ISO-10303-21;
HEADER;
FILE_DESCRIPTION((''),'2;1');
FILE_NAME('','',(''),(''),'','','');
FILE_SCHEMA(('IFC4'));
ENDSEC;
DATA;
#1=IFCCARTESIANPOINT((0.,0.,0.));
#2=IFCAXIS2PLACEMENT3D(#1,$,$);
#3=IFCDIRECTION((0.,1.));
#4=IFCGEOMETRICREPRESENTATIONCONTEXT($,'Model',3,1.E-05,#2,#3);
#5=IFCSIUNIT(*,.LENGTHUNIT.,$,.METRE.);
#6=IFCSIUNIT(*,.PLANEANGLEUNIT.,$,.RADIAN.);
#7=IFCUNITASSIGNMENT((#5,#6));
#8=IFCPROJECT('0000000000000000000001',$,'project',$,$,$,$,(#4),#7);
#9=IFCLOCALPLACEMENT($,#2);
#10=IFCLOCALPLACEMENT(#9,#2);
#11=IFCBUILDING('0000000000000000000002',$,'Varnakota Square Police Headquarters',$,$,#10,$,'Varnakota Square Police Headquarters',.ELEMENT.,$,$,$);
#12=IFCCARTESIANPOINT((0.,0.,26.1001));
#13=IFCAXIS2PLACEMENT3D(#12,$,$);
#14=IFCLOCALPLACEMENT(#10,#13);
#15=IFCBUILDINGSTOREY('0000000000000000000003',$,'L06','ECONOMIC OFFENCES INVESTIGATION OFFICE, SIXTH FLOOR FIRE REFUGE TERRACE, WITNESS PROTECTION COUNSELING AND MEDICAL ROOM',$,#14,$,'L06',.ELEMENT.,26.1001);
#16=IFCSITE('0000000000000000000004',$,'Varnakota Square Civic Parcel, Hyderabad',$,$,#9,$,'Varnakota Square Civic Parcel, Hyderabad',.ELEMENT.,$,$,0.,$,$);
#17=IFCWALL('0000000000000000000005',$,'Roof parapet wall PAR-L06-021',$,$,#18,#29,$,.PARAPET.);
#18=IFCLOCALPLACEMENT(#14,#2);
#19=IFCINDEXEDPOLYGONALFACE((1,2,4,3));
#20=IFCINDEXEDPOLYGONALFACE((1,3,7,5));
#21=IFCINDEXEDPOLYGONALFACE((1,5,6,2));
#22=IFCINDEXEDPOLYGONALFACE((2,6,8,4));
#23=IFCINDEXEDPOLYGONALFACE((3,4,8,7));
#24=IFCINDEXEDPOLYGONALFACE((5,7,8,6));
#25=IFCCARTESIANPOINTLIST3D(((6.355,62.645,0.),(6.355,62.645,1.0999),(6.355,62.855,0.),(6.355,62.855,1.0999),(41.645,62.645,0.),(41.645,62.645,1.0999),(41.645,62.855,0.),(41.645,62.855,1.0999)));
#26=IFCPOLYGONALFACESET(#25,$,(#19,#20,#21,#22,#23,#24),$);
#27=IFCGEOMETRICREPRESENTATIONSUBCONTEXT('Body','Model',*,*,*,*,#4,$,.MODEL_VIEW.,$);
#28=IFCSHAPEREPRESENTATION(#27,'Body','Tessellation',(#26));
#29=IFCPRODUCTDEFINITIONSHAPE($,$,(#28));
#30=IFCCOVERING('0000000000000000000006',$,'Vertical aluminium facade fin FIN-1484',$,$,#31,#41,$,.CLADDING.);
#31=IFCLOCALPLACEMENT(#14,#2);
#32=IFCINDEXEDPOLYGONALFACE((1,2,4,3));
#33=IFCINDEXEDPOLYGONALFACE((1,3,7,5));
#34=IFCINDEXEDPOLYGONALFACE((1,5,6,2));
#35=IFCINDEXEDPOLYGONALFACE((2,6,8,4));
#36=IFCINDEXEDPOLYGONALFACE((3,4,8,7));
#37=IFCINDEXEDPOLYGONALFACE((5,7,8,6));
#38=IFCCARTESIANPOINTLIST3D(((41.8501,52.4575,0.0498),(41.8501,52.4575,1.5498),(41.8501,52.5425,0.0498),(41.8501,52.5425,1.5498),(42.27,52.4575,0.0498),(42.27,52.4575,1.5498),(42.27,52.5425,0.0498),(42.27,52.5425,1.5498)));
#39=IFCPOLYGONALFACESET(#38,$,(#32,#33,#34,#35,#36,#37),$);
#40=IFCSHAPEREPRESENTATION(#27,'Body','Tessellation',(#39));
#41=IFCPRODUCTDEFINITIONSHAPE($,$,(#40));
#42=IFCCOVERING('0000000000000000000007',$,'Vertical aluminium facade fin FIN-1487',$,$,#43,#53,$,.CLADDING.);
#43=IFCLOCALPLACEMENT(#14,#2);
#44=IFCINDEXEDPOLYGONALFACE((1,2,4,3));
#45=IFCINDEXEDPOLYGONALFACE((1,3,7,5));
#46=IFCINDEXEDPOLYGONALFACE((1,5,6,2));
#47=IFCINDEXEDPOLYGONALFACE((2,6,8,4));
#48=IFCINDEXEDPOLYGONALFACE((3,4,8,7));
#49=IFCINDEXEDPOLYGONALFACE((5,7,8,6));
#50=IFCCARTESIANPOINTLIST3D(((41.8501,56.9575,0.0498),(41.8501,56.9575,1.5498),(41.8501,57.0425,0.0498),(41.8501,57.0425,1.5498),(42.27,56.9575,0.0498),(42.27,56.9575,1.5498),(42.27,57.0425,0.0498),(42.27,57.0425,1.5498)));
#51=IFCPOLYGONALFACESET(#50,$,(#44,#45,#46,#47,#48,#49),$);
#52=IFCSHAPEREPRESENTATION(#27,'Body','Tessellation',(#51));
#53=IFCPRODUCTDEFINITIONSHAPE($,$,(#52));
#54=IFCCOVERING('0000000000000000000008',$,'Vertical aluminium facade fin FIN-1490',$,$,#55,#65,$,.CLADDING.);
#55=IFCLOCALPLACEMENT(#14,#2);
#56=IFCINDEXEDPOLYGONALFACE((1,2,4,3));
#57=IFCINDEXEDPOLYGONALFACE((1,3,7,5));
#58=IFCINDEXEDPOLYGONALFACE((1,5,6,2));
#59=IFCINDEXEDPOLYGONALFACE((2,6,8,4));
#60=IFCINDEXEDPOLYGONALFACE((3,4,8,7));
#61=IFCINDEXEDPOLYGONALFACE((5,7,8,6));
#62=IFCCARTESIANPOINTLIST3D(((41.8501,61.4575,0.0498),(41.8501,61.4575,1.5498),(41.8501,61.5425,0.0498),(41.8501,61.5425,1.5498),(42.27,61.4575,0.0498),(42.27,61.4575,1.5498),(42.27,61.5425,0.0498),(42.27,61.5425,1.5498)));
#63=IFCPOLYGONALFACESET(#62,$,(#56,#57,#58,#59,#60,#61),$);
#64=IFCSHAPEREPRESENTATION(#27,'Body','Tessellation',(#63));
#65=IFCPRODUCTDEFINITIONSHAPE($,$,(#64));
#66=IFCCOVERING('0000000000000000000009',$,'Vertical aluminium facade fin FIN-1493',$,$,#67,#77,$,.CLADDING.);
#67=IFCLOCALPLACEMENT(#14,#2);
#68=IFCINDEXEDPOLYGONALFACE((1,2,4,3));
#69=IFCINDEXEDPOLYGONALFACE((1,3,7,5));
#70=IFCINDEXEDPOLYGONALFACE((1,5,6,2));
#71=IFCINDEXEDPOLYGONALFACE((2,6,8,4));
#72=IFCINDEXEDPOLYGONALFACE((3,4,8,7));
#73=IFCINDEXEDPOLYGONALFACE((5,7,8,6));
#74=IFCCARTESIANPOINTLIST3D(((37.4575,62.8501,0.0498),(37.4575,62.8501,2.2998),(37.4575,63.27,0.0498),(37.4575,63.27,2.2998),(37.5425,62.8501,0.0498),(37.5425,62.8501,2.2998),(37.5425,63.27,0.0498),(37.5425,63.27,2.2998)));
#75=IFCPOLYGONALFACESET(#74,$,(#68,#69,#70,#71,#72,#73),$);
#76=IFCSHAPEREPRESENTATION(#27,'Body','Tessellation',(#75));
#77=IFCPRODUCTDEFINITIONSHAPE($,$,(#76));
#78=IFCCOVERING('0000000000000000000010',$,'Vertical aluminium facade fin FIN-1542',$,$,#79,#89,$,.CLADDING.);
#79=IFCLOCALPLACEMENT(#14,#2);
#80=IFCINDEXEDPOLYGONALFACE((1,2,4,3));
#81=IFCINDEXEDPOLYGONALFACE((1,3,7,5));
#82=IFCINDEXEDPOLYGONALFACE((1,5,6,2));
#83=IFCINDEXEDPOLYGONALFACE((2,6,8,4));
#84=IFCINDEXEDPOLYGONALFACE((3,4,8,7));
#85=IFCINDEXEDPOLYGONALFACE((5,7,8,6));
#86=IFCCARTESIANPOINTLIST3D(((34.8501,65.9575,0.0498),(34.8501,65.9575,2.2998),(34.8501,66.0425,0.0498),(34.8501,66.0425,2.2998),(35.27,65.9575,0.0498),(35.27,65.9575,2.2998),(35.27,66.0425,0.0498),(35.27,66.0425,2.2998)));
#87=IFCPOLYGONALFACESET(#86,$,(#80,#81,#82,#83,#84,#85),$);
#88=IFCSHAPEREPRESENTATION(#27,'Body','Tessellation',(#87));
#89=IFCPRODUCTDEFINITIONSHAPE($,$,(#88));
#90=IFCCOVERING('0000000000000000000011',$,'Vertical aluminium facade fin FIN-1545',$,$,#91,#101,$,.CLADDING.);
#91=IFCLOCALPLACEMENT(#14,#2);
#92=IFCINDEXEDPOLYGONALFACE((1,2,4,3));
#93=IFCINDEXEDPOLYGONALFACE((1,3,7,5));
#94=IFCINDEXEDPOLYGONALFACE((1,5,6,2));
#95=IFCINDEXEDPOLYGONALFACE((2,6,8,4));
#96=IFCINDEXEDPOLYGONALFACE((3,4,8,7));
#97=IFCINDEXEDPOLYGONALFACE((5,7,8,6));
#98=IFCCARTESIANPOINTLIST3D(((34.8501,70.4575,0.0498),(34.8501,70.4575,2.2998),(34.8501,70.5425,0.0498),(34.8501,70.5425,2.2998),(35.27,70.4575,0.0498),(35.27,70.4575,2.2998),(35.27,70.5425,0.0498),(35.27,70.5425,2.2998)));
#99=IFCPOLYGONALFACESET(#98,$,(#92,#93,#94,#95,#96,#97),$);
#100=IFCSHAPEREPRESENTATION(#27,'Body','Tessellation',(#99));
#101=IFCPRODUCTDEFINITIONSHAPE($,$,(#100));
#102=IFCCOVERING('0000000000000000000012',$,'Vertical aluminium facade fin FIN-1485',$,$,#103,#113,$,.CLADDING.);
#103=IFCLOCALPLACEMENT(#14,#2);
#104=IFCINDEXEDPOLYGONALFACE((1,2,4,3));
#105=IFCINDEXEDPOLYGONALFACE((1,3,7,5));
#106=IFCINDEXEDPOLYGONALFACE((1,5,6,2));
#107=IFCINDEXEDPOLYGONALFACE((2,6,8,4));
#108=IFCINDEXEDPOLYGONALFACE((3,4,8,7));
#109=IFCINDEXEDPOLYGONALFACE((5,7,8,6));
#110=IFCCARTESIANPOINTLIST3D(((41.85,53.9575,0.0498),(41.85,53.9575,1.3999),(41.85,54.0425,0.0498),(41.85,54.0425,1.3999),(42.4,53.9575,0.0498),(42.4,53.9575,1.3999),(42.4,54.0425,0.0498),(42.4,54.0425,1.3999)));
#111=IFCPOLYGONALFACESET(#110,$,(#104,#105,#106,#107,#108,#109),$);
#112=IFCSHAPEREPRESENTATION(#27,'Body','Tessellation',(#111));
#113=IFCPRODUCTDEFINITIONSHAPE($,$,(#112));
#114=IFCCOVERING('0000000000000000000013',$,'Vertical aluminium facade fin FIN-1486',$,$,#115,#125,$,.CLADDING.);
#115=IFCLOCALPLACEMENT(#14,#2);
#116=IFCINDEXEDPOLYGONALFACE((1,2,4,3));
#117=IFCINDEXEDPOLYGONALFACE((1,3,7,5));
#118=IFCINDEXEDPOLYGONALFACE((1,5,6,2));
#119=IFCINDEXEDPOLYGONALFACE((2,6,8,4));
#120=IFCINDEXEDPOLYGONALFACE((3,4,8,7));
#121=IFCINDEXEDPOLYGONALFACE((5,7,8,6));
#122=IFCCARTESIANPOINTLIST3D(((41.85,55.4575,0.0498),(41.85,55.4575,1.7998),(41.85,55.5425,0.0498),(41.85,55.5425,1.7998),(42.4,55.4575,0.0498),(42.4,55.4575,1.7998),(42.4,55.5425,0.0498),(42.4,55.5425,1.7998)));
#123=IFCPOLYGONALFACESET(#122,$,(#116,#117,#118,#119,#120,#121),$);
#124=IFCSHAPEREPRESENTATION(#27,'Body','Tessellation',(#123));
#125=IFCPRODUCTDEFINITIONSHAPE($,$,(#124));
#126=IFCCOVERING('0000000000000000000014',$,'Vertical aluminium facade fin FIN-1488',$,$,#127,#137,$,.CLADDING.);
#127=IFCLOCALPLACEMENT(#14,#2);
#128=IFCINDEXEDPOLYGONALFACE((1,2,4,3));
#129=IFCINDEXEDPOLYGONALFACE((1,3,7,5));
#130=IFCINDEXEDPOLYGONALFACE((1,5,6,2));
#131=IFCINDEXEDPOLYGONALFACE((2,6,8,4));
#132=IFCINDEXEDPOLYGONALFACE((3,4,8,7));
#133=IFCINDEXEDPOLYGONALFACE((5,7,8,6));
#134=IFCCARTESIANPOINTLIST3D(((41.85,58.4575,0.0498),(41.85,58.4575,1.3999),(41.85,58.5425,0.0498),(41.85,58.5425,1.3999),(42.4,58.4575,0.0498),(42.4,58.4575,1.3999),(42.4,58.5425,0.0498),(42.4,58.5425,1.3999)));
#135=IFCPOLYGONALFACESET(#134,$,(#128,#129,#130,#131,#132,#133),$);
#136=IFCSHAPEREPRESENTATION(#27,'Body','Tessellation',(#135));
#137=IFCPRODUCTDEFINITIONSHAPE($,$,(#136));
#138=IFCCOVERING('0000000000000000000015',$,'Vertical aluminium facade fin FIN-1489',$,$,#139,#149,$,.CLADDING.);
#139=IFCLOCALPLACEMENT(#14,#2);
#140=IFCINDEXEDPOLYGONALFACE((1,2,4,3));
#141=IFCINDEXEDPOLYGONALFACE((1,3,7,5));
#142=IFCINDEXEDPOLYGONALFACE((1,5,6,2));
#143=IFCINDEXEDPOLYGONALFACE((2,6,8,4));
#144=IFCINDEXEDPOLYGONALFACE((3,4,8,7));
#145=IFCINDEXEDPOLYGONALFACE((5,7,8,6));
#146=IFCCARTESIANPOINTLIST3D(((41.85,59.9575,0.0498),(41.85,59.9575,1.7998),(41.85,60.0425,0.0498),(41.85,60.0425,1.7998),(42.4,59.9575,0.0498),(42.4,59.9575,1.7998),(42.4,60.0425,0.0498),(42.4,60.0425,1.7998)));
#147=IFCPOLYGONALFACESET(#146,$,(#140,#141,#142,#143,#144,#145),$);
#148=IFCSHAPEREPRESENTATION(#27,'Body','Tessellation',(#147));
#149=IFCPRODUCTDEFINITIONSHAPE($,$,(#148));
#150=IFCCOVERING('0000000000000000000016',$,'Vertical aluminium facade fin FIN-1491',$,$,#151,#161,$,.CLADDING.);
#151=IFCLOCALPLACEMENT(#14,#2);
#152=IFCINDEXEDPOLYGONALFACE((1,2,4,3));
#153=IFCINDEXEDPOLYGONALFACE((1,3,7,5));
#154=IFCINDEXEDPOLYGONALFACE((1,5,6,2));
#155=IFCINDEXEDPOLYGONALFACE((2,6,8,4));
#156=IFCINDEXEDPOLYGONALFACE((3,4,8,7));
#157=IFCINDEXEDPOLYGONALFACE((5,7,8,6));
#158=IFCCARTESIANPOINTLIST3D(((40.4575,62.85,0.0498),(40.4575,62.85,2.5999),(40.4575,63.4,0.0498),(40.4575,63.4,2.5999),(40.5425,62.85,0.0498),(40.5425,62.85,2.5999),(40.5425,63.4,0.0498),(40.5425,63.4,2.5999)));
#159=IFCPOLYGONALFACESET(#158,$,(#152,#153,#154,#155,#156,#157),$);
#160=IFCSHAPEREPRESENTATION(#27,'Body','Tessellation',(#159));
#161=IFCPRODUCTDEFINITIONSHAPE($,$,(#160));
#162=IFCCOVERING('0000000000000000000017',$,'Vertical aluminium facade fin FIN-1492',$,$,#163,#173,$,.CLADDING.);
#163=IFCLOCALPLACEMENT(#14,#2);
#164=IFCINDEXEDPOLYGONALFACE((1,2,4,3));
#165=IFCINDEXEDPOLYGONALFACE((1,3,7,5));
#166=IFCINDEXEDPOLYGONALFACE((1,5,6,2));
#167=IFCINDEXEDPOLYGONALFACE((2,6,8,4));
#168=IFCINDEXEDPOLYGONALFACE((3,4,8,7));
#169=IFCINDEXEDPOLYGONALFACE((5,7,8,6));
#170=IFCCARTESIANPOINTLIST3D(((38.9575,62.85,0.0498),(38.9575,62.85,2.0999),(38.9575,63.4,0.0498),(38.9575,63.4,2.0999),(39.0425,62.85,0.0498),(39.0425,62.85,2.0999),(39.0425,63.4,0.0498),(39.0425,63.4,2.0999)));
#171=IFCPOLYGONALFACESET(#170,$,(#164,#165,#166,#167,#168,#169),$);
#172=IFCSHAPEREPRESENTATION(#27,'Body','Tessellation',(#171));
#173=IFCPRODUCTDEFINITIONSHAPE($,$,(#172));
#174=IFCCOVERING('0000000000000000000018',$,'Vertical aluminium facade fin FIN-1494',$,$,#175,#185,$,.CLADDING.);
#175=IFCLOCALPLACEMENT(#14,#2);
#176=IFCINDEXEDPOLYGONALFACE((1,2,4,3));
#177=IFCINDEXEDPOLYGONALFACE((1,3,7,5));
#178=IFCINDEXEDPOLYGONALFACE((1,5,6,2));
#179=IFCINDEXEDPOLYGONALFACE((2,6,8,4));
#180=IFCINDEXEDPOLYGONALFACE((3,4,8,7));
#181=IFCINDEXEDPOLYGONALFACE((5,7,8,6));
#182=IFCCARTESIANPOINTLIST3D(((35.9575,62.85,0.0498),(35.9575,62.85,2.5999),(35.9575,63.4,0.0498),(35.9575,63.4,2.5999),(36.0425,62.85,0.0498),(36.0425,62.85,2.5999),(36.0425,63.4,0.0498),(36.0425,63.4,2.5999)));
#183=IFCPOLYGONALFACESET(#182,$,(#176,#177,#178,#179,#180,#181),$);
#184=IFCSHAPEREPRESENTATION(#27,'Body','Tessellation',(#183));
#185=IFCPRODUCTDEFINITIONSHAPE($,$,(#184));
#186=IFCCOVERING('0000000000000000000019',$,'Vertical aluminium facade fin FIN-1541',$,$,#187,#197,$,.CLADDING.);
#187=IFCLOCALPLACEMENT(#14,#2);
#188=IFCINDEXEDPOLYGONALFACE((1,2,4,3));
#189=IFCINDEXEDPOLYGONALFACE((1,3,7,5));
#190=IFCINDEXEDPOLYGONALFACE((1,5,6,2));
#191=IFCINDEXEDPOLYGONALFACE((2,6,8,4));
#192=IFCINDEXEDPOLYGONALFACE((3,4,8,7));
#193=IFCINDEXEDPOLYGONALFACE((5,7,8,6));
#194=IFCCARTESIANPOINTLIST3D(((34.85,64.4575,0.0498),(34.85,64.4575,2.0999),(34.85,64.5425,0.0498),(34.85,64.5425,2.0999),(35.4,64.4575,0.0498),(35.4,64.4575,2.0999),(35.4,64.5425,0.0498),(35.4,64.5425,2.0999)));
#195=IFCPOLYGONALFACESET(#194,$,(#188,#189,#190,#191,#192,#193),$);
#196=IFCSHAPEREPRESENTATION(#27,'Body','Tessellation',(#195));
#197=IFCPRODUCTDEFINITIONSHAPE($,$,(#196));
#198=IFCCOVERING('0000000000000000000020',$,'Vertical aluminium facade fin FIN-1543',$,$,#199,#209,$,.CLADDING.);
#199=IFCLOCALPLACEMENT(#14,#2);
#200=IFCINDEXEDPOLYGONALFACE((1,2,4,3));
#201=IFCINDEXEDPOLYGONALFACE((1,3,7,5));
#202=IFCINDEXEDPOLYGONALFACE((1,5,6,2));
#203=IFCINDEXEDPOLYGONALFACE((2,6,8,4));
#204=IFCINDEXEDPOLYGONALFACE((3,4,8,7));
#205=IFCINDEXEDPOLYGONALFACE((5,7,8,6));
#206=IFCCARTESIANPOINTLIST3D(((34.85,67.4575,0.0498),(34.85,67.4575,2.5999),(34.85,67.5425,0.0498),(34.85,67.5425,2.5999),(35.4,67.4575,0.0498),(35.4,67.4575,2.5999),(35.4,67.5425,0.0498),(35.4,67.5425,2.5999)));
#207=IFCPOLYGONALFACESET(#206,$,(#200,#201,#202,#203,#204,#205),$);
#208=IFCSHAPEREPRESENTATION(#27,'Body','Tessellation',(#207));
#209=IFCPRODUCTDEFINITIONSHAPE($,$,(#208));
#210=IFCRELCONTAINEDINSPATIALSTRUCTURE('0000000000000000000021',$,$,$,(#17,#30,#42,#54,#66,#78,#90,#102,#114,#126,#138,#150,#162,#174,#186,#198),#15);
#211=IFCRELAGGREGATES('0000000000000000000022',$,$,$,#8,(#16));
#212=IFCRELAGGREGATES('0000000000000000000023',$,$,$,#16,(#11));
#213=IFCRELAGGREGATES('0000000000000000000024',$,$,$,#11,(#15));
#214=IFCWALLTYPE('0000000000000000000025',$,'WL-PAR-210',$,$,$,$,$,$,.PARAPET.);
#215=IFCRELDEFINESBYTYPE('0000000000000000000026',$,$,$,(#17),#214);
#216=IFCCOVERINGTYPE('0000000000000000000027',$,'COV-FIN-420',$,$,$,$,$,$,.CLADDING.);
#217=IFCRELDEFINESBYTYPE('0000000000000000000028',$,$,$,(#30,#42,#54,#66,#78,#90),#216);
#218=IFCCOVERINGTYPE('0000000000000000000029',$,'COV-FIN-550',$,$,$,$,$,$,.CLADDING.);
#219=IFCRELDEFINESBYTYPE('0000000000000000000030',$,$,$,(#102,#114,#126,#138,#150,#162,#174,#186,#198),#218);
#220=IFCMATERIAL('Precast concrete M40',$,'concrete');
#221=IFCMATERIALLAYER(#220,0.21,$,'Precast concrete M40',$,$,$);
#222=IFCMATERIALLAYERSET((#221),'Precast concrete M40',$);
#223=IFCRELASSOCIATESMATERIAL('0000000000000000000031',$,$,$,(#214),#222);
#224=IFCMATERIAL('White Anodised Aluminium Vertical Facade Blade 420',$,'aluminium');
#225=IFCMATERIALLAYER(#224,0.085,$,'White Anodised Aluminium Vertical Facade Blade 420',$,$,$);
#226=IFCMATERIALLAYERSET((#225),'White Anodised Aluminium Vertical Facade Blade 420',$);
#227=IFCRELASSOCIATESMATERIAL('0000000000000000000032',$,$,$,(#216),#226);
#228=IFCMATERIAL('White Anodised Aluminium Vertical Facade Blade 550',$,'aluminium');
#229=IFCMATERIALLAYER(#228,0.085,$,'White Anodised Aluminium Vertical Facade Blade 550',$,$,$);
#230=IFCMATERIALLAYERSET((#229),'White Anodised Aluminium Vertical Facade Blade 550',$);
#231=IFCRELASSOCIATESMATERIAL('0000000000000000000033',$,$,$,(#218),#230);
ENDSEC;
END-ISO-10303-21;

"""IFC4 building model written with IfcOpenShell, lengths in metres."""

from ifc_helpers import new_model, si_unit, direction, frame, frame_2d, origin, origin_2d, place, context, subcontext, project, spatial, rectangle, extrude, material, layer, layer_set, type_object, element, save


model = new_model("IFC4")

# Units and contexts
model_context = context("Model", 3, precision=1e-05, world=origin(), true_north=direction((0.0, 1.0)))
body_context = subcontext(model_context, "Body", "Model", "MODEL_VIEW")
ifc_project = project(units=[si_unit("LENGTHUNIT", "METRE"), si_unit("PLANEANGLEUNIT", "RADIAN")], contexts=[model_context])

# Site, building, storey
site_placement = place(None, origin())
site = spatial("IfcSite", under=ifc_project, at=site_placement, Name="Varnakota Square Civic Parcel, Hyderabad", LongName="Varnakota Square Civic Parcel, Hyderabad", CompositionType="ELEMENT", RefElevation=0.0)
building_placement = place(site_placement, origin())
building = spatial("IfcBuilding", under=site, at=building_placement, Name="Varnakota Square Police Headquarters", LongName="Varnakota Square Police Headquarters", CompositionType="ELEMENT")
storey_placement = place(building_placement, frame((0.0, 0.0, 26.1001)))
storey = spatial("IfcBuildingStorey", under=building, at=storey_placement, Name="L06", Description="ECONOMIC OFFENCES INVESTIGATION OFFICE, SIXTH FLOOR FIRE REFUGE TERRACE, WITNESS PROTECTION COUNSELING AND MEDICAL ROOM", LongName="L06", CompositionType="ELEMENT", Elevation=26.1001)

# Wall
ifc_material_1 = material(Name="Precast concrete M40", Category="concrete")
ifc_layer_1 = layer(ifc_material_1, 0.21, Name="Precast concrete M40")
ifc_layer_set_1 = layer_set([ifc_layer_1], Name="Precast concrete M40")
wall_type = type_object("IfcWallType", Name="WL-PAR-210", PredefinedType="PARAPET", material=ifc_layer_set_1)
wall_placement = place(storey_placement, frame((41.645, 62.75, 0.0), z_axis=(0.0, 0.0, 1.0), x_axis=(-1.0, 0.0, 0.0)))
element("IfcWall", 1, at=wall_placement, inside=storey, type_object=wall_type, Name="Roof parapet wall PAR-L06-021", PredefinedType="PARAPET", context=body_context, shape_type="SweptSolid", body=[
    extrude(rectangle(XDim=35.29, YDim=0.21, at=frame_2d((17.645, 0.0))), origin(), (0.0, 0.0, 1.0), 1.0999),
])

# Coverings
ifc_material_2 = material(Name="White Anodised Aluminium Vertical Facade Blade 420", Category="aluminium")
ifc_layer_2 = layer(ifc_material_2, 0.085, Name="White Anodised Aluminium Vertical Facade Blade 420")
ifc_layer_set_2 = layer_set([ifc_layer_2], Name="White Anodised Aluminium Vertical Facade Blade 420")
covering_type_1 = type_object("IfcCoveringType", Name="COV-FIN-420", PredefinedType="CLADDING", material=ifc_layer_set_2)
for number, where, z_axis, x_axis, name in (
    (2, (42.0601, 52.5, 0.0498), (0.0, 0.0, 1.0), (0.0, 1.0, 0.0), "Vertical aluminium facade fin FIN-1484"),
    (3, (42.0601, 57.0, 0.0498), (0.0, 0.0, 1.0), (0.0, 1.0, 0.0), "Vertical aluminium facade fin FIN-1487"),
    (4, (42.0601, 61.5, 0.0498), (0.0, 0.0, 1.0), (0.0, 1.0, 0.0), "Vertical aluminium facade fin FIN-1490"),
):
    element("IfcCovering", number, at=place(storey_placement, frame(where, z_axis=z_axis, x_axis=x_axis)), inside=storey, type_object=covering_type_1, Name=name, PredefinedType="CLADDING", context=body_context, shape_type="SweptSolid", body=[
        extrude(rectangle(XDim=0.085, YDim=0.4199, at=origin_2d()), origin(), (0.0, 0.0, 1.0), 1.5),
    ])
for number, where, z_axis, x_axis, name in (
    (5, (37.5, 63.0601, 0.0498), (0.0, 0.0, 1.0), (-1.0, 0.0, 0.0), "Vertical aluminium facade fin FIN-1493"),
    (6, (35.0601, 66.0, 0.0498), (0.0, 0.0, 1.0), (0.0, 1.0, 0.0), "Vertical aluminium facade fin FIN-1542"),
    (7, (35.0601, 70.5, 0.0498), (0.0, 0.0, 1.0), (0.0, 1.0, 0.0), "Vertical aluminium facade fin FIN-1545"),
):
    element("IfcCovering", number, at=place(storey_placement, frame(where, z_axis=z_axis, x_axis=x_axis)), inside=storey, type_object=covering_type_1, Name=name, PredefinedType="CLADDING", context=body_context, shape_type="SweptSolid", body=[
        extrude(rectangle(XDim=0.085, YDim=0.4199, at=origin_2d()), origin(), (0.0, 0.0, 1.0), 2.25),
    ])
ifc_material_3 = material(Name="White Anodised Aluminium Vertical Facade Blade 550", Category="aluminium")
ifc_layer_3 = layer(ifc_material_3, 0.085, Name="White Anodised Aluminium Vertical Facade Blade 550")
ifc_layer_set_3 = layer_set([ifc_layer_3], Name="White Anodised Aluminium Vertical Facade Blade 550")
covering_type_2 = type_object("IfcCoveringType", Name="COV-FIN-550", PredefinedType="CLADDING", material=ifc_layer_set_3)
covering_1_placement = place(storey_placement, frame((42.125, 54.0, 0.0498), z_axis=(0.0, 0.0, 1.0), x_axis=(0.0, 1.0, 0.0)))
element("IfcCovering", 8, at=covering_1_placement, inside=storey, type_object=covering_type_2, Name="Vertical aluminium facade fin FIN-1485", PredefinedType="CLADDING", context=body_context, shape_type="SweptSolid", body=[
    extrude(rectangle(XDim=0.085, YDim=0.55, at=origin_2d()), origin(), (0.0, 0.0, 1.0), 1.3501),
])
covering_2_placement = place(storey_placement, frame((42.125, 55.5, 0.0498), z_axis=(0.0, 0.0, 1.0), x_axis=(0.0, 1.0, 0.0)))
element("IfcCovering", 9, at=covering_2_placement, inside=storey, type_object=covering_type_2, Name="Vertical aluminium facade fin FIN-1486", PredefinedType="CLADDING", context=body_context, shape_type="SweptSolid", body=[
    extrude(rectangle(XDim=0.085, YDim=0.55, at=origin_2d()), origin(), (0.0, 0.0, 1.0), 1.75),
])
covering_3_placement = place(storey_placement, frame((42.125, 58.5, 0.0498), z_axis=(0.0, 0.0, 1.0), x_axis=(0.0, 1.0, 0.0)))
element("IfcCovering", 10, at=covering_3_placement, inside=storey, type_object=covering_type_2, Name="Vertical aluminium facade fin FIN-1488", PredefinedType="CLADDING", context=body_context, shape_type="SweptSolid", body=[
    extrude(rectangle(XDim=0.085, YDim=0.55, at=origin_2d()), origin(), (0.0, 0.0, 1.0), 1.3501),
])
covering_4_placement = place(storey_placement, frame((42.125, 60.0, 0.0498), z_axis=(0.0, 0.0, 1.0), x_axis=(0.0, 1.0, 0.0)))
element("IfcCovering", 11, at=covering_4_placement, inside=storey, type_object=covering_type_2, Name="Vertical aluminium facade fin FIN-1489", PredefinedType="CLADDING", context=body_context, shape_type="SweptSolid", body=[
    extrude(rectangle(XDim=0.085, YDim=0.55, at=origin_2d()), origin(), (0.0, 0.0, 1.0), 1.75),
])
covering_5_placement = place(storey_placement, frame((40.5, 63.125, 0.0498), z_axis=(0.0, 0.0, 1.0), x_axis=(-1.0, 0.0, 0.0)))
element("IfcCovering", 12, at=covering_5_placement, inside=storey, type_object=covering_type_2, Name="Vertical aluminium facade fin FIN-1491", PredefinedType="CLADDING", context=body_context, shape_type="SweptSolid", body=[
    extrude(rectangle(XDim=0.085, YDim=0.55, at=origin_2d()), origin(), (0.0, 0.0, 1.0), 2.55),
])
covering_6_placement = place(storey_placement, frame((39.0, 63.125, 0.0498), z_axis=(0.0, 0.0, 1.0), x_axis=(-1.0, 0.0, 0.0)))
element("IfcCovering", 13, at=covering_6_placement, inside=storey, type_object=covering_type_2, Name="Vertical aluminium facade fin FIN-1492", PredefinedType="CLADDING", context=body_context, shape_type="SweptSolid", body=[
    extrude(rectangle(XDim=0.085, YDim=0.55, at=origin_2d()), origin(), (0.0, 0.0, 1.0), 2.05),
])
covering_7_placement = place(storey_placement, frame((36.0, 63.125, 0.0498), z_axis=(0.0, 0.0, 1.0), x_axis=(-1.0, 0.0, 0.0)))
element("IfcCovering", 14, at=covering_7_placement, inside=storey, type_object=covering_type_2, Name="Vertical aluminium facade fin FIN-1494", PredefinedType="CLADDING", context=body_context, shape_type="SweptSolid", body=[
    extrude(rectangle(XDim=0.085, YDim=0.55, at=origin_2d()), origin(), (0.0, 0.0, 1.0), 2.55),
])
covering_8_placement = place(storey_placement, frame((35.125, 64.5, 0.0498), z_axis=(0.0, 0.0, 1.0), x_axis=(0.0, 1.0, 0.0)))
element("IfcCovering", 15, at=covering_8_placement, inside=storey, type_object=covering_type_2, Name="Vertical aluminium facade fin FIN-1541", PredefinedType="CLADDING", context=body_context, shape_type="SweptSolid", body=[
    extrude(rectangle(XDim=0.085, YDim=0.55, at=origin_2d()), origin(), (0.0, 0.0, 1.0), 2.05),
])
covering_9_placement = place(storey_placement, frame((35.125, 67.5, 0.0498), z_axis=(0.0, 0.0, 1.0), x_axis=(0.0, 1.0, 0.0)))
element("IfcCovering", 16, at=covering_9_placement, inside=storey, type_object=covering_type_2, Name="Vertical aluminium facade fin FIN-1543", PredefinedType="CLADDING", context=body_context, shape_type="SweptSolid", body=[
    extrude(rectangle(XDim=0.085, YDim=0.55, at=origin_2d()), origin(), (0.0, 0.0, 1.0), 2.55),
])

save(model, "model.ifc")
